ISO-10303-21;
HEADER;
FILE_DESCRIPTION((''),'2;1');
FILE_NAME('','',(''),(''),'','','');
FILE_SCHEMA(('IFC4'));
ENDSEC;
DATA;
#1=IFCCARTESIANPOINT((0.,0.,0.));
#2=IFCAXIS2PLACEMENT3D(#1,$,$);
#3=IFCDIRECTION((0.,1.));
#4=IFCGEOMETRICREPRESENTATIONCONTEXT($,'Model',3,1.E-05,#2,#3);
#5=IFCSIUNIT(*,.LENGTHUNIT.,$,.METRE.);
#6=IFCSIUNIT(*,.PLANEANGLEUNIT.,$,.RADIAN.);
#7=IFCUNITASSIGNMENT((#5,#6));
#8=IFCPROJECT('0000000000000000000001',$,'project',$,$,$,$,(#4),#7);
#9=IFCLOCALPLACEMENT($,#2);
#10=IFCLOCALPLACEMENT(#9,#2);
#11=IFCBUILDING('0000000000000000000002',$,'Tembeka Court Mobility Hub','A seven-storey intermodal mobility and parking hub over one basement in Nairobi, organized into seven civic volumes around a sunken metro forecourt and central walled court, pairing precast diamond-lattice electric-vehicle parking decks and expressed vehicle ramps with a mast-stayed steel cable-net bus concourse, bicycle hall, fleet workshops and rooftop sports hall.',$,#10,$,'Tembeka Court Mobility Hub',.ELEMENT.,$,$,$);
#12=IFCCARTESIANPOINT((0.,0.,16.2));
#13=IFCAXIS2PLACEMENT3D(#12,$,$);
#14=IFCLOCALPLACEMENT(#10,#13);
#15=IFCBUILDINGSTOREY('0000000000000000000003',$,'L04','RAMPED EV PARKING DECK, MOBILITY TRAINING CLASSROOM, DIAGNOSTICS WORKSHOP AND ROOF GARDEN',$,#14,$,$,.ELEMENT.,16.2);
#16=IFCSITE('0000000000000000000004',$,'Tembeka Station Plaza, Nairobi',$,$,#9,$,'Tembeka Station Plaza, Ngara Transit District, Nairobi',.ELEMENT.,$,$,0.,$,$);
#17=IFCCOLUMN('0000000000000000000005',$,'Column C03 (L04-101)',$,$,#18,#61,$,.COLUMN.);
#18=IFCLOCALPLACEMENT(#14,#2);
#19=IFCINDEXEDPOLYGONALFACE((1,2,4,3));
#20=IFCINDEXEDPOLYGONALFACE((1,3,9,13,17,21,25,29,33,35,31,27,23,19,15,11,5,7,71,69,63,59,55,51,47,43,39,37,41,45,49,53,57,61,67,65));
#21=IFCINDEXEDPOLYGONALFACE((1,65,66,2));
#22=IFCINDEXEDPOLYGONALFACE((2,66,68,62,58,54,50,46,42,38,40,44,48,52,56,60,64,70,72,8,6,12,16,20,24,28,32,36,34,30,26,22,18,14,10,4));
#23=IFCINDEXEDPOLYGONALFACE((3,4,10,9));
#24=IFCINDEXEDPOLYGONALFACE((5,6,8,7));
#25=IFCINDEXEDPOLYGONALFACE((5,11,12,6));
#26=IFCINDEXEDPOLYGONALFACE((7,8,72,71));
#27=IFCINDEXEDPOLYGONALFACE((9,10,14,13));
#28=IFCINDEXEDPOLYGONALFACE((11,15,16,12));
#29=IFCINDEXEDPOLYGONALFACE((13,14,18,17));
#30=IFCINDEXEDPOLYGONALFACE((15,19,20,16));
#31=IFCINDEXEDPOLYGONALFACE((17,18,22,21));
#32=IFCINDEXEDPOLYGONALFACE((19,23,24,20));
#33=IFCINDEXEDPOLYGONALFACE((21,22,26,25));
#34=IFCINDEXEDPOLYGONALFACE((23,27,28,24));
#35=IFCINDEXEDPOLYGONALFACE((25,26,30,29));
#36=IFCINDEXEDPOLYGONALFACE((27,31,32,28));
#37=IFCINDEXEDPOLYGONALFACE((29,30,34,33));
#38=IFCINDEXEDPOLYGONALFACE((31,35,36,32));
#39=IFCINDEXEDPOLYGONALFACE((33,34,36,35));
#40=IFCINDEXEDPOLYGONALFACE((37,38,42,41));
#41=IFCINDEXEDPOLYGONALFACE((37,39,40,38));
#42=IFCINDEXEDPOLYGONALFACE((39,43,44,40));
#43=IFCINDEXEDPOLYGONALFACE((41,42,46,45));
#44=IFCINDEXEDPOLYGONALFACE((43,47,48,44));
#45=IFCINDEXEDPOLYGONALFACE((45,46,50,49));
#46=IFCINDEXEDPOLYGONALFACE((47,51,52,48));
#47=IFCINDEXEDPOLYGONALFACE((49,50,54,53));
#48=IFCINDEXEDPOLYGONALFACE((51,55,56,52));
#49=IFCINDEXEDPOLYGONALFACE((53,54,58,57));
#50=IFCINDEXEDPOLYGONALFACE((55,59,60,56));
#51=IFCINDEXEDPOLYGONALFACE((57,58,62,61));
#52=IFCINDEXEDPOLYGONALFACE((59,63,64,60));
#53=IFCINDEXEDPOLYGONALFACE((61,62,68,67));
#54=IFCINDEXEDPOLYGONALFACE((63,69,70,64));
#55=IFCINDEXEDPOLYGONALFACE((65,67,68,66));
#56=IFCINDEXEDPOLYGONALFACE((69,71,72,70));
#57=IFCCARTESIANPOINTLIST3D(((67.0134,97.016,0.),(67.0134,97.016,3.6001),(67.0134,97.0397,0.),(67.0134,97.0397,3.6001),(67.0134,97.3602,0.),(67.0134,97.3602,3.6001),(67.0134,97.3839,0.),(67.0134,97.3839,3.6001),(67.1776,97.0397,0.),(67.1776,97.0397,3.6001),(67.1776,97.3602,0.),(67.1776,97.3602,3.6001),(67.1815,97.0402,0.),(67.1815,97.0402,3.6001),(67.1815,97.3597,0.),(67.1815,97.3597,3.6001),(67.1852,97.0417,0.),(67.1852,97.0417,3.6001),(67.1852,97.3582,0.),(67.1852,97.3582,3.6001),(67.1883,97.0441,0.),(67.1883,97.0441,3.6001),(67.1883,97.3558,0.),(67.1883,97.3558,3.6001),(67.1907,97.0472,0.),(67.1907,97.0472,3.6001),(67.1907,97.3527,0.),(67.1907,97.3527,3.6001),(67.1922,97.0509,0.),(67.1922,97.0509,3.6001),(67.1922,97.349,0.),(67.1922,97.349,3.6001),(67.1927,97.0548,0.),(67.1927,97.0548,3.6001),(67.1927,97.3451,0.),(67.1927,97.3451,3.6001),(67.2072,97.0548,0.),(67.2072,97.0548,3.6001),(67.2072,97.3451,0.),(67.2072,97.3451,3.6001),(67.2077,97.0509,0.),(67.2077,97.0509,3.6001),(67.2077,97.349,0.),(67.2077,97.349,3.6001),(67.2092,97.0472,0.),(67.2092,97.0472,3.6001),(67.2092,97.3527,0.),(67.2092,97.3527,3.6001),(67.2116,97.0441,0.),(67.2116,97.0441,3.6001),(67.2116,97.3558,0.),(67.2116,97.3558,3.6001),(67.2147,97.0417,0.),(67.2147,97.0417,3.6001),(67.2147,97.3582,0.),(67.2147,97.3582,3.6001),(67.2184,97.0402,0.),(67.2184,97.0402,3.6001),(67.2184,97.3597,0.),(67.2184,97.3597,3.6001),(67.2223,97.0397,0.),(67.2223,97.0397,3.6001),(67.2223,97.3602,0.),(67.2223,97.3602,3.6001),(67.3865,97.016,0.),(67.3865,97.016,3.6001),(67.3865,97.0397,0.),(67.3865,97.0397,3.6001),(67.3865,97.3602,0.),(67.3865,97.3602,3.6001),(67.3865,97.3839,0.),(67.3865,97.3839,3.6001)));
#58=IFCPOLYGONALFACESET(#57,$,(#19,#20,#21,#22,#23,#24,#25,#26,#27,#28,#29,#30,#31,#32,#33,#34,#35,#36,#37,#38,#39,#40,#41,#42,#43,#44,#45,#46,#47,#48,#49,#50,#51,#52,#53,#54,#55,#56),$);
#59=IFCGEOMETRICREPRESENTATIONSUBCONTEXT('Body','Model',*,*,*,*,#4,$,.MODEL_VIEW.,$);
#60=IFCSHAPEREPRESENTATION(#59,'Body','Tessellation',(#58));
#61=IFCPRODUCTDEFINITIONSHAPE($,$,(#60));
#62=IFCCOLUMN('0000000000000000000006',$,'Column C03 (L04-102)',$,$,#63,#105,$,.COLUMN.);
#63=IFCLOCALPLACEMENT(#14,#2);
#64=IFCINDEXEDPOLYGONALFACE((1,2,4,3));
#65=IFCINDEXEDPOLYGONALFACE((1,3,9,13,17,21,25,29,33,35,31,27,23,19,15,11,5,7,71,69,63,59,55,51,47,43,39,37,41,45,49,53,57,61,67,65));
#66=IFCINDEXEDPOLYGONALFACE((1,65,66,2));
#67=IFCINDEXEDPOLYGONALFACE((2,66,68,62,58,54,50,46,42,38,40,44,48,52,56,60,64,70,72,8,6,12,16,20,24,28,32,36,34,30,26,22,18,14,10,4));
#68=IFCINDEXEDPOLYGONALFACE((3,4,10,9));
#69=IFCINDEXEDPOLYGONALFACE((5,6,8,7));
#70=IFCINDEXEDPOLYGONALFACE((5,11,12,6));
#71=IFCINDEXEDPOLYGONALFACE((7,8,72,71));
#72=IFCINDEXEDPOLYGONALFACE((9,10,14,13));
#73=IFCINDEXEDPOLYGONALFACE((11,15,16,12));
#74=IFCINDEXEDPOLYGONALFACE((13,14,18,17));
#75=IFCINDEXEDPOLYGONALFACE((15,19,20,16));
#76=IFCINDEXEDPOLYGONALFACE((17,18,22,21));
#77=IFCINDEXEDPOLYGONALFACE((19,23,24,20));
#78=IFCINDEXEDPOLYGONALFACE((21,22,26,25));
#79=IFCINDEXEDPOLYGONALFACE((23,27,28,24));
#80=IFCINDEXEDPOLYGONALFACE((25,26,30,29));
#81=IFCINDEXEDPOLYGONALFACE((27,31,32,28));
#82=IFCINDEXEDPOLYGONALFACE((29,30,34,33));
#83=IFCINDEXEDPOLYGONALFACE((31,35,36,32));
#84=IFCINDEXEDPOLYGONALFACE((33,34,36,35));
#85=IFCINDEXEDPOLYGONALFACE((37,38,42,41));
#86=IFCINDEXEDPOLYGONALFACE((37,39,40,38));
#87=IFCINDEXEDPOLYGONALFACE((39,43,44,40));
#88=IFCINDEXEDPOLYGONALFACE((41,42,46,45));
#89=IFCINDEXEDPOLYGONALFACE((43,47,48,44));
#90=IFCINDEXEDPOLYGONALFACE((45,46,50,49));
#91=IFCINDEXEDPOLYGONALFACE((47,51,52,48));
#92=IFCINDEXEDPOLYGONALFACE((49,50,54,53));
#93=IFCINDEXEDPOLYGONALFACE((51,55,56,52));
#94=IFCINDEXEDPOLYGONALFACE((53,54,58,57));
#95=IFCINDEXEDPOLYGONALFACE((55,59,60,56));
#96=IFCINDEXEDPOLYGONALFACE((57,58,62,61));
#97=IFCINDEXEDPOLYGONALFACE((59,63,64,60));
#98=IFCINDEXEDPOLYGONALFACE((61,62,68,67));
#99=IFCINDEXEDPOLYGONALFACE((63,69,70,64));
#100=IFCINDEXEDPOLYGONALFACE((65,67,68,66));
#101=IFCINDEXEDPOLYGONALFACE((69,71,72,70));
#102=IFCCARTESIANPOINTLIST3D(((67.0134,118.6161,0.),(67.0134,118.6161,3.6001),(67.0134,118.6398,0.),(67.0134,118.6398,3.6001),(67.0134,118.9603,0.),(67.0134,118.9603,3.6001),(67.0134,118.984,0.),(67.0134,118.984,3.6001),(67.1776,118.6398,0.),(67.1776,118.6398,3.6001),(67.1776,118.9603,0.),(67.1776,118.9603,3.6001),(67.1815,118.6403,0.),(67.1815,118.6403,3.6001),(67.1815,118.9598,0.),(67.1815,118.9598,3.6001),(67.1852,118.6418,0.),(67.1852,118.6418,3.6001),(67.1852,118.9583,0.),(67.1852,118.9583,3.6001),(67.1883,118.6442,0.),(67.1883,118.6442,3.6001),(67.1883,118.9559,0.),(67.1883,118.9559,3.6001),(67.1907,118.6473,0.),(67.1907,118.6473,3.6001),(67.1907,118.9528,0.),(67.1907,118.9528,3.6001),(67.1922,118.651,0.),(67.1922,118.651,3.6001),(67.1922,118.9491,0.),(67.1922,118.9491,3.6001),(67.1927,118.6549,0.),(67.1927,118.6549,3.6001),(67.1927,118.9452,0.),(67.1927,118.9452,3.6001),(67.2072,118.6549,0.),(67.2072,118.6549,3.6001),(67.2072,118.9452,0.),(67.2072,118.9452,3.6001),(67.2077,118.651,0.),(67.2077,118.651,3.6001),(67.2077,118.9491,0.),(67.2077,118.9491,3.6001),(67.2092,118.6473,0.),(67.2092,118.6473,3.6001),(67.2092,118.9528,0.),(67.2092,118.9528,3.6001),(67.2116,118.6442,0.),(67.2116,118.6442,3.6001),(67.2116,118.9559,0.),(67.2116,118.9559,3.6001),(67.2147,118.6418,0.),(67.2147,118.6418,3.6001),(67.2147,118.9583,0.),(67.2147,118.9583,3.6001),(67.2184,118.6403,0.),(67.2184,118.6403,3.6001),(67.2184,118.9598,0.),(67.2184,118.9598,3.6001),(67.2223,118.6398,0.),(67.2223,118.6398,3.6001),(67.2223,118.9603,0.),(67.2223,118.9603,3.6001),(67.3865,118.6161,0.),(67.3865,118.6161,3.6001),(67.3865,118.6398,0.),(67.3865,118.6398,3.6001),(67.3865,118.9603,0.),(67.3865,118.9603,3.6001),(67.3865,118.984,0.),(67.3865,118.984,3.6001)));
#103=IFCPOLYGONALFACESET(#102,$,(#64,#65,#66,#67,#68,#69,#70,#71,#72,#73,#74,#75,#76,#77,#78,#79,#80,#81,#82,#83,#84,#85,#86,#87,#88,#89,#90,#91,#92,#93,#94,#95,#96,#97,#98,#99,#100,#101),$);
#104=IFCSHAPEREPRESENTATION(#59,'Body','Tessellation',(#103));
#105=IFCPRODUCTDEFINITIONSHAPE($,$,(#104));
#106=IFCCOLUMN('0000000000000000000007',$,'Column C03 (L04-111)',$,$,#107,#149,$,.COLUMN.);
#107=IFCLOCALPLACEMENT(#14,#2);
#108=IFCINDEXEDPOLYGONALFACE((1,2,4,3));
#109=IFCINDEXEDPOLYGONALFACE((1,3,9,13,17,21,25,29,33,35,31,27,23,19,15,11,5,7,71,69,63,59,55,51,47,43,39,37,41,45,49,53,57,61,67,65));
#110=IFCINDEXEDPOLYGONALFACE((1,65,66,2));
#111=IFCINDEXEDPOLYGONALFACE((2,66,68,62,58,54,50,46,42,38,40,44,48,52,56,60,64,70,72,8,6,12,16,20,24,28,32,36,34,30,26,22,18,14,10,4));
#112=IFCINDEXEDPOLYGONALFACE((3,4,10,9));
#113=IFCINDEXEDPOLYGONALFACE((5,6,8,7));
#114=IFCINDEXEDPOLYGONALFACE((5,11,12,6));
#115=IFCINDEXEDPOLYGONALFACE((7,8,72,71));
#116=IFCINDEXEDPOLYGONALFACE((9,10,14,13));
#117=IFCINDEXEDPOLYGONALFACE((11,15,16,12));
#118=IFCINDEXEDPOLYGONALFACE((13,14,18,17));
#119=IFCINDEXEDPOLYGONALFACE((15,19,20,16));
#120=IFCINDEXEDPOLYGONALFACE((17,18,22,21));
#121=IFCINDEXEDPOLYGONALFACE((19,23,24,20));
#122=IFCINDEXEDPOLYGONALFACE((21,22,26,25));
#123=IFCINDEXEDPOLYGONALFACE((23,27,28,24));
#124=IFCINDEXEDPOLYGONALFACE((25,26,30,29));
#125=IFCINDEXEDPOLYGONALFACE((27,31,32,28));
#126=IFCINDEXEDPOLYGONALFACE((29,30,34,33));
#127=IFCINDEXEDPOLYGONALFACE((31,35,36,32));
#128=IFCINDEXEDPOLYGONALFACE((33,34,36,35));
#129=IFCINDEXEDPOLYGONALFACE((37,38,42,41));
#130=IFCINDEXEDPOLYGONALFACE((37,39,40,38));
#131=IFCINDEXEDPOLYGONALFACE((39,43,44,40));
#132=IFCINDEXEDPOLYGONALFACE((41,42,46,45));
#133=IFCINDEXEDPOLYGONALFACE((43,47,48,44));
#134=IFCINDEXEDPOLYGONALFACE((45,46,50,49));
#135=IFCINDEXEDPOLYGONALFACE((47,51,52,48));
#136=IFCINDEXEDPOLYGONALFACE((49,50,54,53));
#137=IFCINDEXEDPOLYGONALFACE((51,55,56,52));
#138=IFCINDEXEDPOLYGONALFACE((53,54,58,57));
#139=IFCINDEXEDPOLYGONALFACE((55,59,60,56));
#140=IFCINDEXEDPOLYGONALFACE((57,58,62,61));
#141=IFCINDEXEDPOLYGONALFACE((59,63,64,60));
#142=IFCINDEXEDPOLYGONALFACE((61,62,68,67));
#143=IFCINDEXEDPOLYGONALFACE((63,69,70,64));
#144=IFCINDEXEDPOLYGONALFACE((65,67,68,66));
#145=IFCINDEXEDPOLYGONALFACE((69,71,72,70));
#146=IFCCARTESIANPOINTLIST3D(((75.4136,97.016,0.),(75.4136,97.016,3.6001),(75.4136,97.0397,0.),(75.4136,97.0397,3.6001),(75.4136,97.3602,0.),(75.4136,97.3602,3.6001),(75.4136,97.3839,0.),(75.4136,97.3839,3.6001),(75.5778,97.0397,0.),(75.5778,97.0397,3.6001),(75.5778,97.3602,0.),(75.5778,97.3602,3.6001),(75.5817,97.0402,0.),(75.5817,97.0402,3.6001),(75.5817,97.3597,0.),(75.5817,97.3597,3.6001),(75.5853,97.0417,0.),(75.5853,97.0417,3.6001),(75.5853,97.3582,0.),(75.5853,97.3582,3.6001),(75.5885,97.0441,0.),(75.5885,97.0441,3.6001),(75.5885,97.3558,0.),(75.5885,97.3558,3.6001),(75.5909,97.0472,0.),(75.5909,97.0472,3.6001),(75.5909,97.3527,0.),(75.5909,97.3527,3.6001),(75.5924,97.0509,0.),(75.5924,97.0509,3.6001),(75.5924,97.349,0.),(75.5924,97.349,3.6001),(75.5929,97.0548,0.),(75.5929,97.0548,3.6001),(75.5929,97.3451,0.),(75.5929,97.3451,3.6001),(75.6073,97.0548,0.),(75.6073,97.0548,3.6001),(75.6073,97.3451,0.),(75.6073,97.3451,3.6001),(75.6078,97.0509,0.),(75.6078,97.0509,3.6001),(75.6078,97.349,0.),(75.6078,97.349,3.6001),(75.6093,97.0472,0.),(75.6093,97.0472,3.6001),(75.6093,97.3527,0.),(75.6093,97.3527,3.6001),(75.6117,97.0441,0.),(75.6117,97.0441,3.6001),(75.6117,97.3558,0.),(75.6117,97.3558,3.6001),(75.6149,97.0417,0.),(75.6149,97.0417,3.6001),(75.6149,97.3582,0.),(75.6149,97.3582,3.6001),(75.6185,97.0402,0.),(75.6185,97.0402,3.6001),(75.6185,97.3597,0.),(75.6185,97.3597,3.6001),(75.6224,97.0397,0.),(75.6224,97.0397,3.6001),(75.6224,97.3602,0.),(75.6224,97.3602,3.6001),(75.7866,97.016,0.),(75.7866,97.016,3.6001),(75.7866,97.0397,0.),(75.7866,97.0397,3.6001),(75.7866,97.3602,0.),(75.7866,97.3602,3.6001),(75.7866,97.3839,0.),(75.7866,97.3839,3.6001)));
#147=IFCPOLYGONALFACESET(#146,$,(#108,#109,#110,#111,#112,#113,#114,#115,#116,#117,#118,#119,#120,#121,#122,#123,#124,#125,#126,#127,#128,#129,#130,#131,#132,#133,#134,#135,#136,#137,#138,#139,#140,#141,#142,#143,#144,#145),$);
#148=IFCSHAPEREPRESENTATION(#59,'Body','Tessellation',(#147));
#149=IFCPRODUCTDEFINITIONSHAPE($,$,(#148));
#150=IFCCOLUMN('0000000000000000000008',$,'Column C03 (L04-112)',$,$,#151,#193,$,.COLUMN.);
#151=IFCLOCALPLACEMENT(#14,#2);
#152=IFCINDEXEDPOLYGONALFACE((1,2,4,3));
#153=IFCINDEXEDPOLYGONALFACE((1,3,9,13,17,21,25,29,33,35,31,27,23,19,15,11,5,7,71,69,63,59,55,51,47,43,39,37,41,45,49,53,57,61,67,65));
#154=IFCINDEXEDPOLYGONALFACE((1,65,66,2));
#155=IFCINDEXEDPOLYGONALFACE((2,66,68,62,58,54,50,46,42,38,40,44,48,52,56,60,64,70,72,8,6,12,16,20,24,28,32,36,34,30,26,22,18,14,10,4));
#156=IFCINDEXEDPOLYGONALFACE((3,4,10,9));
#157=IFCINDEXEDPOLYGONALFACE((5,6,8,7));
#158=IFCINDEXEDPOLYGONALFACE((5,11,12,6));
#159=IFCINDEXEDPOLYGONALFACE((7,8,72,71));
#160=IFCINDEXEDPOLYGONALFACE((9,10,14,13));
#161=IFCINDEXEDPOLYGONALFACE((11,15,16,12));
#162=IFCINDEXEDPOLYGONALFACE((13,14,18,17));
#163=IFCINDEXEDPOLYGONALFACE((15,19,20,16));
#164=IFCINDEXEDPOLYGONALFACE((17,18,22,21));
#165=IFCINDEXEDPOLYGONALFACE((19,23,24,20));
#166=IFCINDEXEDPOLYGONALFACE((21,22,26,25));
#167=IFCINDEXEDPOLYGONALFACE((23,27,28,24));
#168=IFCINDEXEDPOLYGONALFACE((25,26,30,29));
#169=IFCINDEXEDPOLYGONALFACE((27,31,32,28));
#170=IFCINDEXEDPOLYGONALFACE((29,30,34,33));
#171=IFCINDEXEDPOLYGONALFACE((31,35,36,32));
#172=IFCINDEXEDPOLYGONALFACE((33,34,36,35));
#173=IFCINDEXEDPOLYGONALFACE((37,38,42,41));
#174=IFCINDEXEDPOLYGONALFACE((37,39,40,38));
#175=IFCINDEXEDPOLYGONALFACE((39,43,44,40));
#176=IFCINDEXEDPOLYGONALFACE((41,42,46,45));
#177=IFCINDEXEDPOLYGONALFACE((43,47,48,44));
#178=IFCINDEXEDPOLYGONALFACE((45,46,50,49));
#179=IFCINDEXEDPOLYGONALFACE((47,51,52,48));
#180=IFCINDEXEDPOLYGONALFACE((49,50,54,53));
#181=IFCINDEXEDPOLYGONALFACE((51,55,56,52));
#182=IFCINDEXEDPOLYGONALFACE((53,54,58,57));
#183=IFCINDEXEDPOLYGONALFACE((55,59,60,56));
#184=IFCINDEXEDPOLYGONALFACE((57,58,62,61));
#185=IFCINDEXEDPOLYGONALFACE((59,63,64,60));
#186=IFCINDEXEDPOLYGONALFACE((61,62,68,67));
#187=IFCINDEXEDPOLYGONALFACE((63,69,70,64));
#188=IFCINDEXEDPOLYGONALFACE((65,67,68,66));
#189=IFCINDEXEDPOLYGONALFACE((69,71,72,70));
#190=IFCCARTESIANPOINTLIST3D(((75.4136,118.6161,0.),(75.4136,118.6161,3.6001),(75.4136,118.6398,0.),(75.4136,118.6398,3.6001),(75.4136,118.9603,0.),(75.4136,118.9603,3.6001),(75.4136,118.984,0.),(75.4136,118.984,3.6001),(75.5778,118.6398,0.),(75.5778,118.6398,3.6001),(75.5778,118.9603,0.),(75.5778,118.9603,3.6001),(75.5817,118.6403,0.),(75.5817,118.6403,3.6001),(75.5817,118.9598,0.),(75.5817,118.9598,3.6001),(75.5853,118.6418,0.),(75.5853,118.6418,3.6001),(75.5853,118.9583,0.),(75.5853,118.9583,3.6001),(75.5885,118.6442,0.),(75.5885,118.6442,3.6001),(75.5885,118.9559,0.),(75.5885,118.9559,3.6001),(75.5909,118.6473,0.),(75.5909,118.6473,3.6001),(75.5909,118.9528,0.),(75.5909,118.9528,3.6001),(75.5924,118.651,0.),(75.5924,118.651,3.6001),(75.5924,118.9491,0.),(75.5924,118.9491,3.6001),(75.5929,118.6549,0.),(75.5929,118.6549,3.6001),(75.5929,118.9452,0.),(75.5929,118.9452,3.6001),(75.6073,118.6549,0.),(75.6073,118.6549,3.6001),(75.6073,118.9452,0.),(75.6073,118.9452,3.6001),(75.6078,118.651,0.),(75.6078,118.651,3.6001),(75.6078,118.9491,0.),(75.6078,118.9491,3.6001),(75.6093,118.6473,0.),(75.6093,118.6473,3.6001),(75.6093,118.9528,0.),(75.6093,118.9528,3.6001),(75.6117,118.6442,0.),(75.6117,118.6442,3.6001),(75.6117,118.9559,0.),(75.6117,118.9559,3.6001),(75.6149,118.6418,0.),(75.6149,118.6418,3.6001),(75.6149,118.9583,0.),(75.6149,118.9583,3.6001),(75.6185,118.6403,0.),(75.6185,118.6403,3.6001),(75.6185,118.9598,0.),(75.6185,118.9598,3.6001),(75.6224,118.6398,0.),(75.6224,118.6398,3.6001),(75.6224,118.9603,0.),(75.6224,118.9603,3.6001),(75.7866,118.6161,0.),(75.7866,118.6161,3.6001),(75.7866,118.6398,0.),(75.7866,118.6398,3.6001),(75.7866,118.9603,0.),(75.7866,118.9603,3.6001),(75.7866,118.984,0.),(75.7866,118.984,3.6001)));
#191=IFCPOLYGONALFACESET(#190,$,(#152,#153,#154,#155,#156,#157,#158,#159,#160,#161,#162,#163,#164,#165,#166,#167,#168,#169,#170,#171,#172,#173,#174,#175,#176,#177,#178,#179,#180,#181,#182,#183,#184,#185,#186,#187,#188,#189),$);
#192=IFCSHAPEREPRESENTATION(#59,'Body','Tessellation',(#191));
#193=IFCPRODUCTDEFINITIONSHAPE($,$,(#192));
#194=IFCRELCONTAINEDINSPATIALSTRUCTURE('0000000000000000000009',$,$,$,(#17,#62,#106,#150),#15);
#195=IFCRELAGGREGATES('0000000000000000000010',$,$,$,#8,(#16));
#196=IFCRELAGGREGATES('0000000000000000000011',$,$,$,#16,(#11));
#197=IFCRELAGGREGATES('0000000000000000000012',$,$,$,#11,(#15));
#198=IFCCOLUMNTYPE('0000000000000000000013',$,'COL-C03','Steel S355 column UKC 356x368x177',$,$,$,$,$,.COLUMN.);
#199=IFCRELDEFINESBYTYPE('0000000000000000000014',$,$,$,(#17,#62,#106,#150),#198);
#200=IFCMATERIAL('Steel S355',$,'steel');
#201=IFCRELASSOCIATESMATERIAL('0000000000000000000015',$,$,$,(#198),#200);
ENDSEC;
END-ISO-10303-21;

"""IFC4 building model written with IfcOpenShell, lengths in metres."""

from ifc_helpers import new_model, si_unit, direction, frame, origin, origin_2d, place, context, subcontext, project, spatial, i_section, extrude, material, material_profile, profile_set, type_object, element, save


model = new_model("IFC4")

# Units and contexts
model_context = context("Model", 3, precision=1e-05, world=origin(), true_north=direction((0.0, 1.0)))
body_context = subcontext(model_context, "Body", "Model", "MODEL_VIEW")
ifc_project = project(units=[si_unit("LENGTHUNIT", "METRE"), si_unit("PLANEANGLEUNIT", "RADIAN")], contexts=[model_context])

# Site, building, storey
site_placement = place(None, origin())
site = spatial("IfcSite", under=ifc_project, at=site_placement, Name="Tembeka Station Plaza, Nairobi", LongName="Tembeka Station Plaza, Ngara Transit District, Nairobi", CompositionType="ELEMENT", RefElevation=0.0)
building_placement = place(site_placement, origin())
building = spatial("IfcBuilding", under=site, at=building_placement, Name="Tembeka Court Mobility Hub", Description="A seven-storey intermodal mobility and parking hub over one basement in Nairobi, organized into seven civic volumes around a sunken metro forecourt and central walled court, pairing precast diamond-lattice electric-vehicle parking decks and expressed vehicle ramps with a mast-stayed steel cable-net bus concourse, bicycle hall, fleet workshops and rooftop sports hall.", LongName="Tembeka Court Mobility Hub", CompositionType="ELEMENT")
storey_placement = place(building_placement, frame((0.0, 0.0, 16.2)))
storey = spatial("IfcBuildingStorey", under=building, at=storey_placement, Name="L04", Description="RAMPED EV PARKING DECK, MOBILITY TRAINING CLASSROOM, DIAGNOSTICS WORKSHOP AND ROOF GARDEN", CompositionType="ELEMENT", Elevation=16.2)

# Columns
ifc_material_1 = material(Name="Steel S355", Category="steel")
ifc_material_profile_1 = material_profile(ifc_material_1, i_section(OverallWidth=0.373, OverallDepth=0.3679, WebThickness=0.0144, FlangeThickness=0.0237, FilletRadius=0.0151, at=origin_2d()), Name="UKC 356x368x177")
ifc_profile_set_1 = profile_set([ifc_material_profile_1], Name="Steel S355")
column_type = type_object("IfcColumnType", Name="COL-C03", Description="Steel S355 column UKC 356x368x177", PredefinedType="COLUMN", material=ifc_profile_set_1)
for number, where, z_axis, x_axis, name in (
    (1, (67.2, 97.2, 0.0), (0.0, 0.0, 1.0), (1.0, 0.0, 0.0), "Column C03 (L04-101)"),
    (2, (67.2, 118.8, 0.0), (0.0, 0.0, 1.0), (1.0, 0.0, 0.0), "Column C03 (L04-102)"),
    (3, (75.6001, 97.2, 0.0), (0.0, 0.0, 1.0), (1.0, 0.0, 0.0), "Column C03 (L04-111)"),
    (4, (75.6001, 118.8, 0.0), (0.0, 0.0, 1.0), (1.0, 0.0, 0.0), "Column C03 (L04-112)"),
):
    element("IfcColumn", number, at=place(storey_placement, frame(where, z_axis=z_axis, x_axis=x_axis)), inside=storey, type_object=column_type, Name=name, PredefinedType="COLUMN", context=body_context, shape_type="SweptSolid", body=[
        extrude(i_section(OverallWidth=0.373, OverallDepth=0.3679, WebThickness=0.0144, FlangeThickness=0.0237, FilletRadius=0.0151, at=origin_2d()), origin(), (0.0, 0.0, 1.0), 3.6001),
    ])

save(model, "model.ifc")
